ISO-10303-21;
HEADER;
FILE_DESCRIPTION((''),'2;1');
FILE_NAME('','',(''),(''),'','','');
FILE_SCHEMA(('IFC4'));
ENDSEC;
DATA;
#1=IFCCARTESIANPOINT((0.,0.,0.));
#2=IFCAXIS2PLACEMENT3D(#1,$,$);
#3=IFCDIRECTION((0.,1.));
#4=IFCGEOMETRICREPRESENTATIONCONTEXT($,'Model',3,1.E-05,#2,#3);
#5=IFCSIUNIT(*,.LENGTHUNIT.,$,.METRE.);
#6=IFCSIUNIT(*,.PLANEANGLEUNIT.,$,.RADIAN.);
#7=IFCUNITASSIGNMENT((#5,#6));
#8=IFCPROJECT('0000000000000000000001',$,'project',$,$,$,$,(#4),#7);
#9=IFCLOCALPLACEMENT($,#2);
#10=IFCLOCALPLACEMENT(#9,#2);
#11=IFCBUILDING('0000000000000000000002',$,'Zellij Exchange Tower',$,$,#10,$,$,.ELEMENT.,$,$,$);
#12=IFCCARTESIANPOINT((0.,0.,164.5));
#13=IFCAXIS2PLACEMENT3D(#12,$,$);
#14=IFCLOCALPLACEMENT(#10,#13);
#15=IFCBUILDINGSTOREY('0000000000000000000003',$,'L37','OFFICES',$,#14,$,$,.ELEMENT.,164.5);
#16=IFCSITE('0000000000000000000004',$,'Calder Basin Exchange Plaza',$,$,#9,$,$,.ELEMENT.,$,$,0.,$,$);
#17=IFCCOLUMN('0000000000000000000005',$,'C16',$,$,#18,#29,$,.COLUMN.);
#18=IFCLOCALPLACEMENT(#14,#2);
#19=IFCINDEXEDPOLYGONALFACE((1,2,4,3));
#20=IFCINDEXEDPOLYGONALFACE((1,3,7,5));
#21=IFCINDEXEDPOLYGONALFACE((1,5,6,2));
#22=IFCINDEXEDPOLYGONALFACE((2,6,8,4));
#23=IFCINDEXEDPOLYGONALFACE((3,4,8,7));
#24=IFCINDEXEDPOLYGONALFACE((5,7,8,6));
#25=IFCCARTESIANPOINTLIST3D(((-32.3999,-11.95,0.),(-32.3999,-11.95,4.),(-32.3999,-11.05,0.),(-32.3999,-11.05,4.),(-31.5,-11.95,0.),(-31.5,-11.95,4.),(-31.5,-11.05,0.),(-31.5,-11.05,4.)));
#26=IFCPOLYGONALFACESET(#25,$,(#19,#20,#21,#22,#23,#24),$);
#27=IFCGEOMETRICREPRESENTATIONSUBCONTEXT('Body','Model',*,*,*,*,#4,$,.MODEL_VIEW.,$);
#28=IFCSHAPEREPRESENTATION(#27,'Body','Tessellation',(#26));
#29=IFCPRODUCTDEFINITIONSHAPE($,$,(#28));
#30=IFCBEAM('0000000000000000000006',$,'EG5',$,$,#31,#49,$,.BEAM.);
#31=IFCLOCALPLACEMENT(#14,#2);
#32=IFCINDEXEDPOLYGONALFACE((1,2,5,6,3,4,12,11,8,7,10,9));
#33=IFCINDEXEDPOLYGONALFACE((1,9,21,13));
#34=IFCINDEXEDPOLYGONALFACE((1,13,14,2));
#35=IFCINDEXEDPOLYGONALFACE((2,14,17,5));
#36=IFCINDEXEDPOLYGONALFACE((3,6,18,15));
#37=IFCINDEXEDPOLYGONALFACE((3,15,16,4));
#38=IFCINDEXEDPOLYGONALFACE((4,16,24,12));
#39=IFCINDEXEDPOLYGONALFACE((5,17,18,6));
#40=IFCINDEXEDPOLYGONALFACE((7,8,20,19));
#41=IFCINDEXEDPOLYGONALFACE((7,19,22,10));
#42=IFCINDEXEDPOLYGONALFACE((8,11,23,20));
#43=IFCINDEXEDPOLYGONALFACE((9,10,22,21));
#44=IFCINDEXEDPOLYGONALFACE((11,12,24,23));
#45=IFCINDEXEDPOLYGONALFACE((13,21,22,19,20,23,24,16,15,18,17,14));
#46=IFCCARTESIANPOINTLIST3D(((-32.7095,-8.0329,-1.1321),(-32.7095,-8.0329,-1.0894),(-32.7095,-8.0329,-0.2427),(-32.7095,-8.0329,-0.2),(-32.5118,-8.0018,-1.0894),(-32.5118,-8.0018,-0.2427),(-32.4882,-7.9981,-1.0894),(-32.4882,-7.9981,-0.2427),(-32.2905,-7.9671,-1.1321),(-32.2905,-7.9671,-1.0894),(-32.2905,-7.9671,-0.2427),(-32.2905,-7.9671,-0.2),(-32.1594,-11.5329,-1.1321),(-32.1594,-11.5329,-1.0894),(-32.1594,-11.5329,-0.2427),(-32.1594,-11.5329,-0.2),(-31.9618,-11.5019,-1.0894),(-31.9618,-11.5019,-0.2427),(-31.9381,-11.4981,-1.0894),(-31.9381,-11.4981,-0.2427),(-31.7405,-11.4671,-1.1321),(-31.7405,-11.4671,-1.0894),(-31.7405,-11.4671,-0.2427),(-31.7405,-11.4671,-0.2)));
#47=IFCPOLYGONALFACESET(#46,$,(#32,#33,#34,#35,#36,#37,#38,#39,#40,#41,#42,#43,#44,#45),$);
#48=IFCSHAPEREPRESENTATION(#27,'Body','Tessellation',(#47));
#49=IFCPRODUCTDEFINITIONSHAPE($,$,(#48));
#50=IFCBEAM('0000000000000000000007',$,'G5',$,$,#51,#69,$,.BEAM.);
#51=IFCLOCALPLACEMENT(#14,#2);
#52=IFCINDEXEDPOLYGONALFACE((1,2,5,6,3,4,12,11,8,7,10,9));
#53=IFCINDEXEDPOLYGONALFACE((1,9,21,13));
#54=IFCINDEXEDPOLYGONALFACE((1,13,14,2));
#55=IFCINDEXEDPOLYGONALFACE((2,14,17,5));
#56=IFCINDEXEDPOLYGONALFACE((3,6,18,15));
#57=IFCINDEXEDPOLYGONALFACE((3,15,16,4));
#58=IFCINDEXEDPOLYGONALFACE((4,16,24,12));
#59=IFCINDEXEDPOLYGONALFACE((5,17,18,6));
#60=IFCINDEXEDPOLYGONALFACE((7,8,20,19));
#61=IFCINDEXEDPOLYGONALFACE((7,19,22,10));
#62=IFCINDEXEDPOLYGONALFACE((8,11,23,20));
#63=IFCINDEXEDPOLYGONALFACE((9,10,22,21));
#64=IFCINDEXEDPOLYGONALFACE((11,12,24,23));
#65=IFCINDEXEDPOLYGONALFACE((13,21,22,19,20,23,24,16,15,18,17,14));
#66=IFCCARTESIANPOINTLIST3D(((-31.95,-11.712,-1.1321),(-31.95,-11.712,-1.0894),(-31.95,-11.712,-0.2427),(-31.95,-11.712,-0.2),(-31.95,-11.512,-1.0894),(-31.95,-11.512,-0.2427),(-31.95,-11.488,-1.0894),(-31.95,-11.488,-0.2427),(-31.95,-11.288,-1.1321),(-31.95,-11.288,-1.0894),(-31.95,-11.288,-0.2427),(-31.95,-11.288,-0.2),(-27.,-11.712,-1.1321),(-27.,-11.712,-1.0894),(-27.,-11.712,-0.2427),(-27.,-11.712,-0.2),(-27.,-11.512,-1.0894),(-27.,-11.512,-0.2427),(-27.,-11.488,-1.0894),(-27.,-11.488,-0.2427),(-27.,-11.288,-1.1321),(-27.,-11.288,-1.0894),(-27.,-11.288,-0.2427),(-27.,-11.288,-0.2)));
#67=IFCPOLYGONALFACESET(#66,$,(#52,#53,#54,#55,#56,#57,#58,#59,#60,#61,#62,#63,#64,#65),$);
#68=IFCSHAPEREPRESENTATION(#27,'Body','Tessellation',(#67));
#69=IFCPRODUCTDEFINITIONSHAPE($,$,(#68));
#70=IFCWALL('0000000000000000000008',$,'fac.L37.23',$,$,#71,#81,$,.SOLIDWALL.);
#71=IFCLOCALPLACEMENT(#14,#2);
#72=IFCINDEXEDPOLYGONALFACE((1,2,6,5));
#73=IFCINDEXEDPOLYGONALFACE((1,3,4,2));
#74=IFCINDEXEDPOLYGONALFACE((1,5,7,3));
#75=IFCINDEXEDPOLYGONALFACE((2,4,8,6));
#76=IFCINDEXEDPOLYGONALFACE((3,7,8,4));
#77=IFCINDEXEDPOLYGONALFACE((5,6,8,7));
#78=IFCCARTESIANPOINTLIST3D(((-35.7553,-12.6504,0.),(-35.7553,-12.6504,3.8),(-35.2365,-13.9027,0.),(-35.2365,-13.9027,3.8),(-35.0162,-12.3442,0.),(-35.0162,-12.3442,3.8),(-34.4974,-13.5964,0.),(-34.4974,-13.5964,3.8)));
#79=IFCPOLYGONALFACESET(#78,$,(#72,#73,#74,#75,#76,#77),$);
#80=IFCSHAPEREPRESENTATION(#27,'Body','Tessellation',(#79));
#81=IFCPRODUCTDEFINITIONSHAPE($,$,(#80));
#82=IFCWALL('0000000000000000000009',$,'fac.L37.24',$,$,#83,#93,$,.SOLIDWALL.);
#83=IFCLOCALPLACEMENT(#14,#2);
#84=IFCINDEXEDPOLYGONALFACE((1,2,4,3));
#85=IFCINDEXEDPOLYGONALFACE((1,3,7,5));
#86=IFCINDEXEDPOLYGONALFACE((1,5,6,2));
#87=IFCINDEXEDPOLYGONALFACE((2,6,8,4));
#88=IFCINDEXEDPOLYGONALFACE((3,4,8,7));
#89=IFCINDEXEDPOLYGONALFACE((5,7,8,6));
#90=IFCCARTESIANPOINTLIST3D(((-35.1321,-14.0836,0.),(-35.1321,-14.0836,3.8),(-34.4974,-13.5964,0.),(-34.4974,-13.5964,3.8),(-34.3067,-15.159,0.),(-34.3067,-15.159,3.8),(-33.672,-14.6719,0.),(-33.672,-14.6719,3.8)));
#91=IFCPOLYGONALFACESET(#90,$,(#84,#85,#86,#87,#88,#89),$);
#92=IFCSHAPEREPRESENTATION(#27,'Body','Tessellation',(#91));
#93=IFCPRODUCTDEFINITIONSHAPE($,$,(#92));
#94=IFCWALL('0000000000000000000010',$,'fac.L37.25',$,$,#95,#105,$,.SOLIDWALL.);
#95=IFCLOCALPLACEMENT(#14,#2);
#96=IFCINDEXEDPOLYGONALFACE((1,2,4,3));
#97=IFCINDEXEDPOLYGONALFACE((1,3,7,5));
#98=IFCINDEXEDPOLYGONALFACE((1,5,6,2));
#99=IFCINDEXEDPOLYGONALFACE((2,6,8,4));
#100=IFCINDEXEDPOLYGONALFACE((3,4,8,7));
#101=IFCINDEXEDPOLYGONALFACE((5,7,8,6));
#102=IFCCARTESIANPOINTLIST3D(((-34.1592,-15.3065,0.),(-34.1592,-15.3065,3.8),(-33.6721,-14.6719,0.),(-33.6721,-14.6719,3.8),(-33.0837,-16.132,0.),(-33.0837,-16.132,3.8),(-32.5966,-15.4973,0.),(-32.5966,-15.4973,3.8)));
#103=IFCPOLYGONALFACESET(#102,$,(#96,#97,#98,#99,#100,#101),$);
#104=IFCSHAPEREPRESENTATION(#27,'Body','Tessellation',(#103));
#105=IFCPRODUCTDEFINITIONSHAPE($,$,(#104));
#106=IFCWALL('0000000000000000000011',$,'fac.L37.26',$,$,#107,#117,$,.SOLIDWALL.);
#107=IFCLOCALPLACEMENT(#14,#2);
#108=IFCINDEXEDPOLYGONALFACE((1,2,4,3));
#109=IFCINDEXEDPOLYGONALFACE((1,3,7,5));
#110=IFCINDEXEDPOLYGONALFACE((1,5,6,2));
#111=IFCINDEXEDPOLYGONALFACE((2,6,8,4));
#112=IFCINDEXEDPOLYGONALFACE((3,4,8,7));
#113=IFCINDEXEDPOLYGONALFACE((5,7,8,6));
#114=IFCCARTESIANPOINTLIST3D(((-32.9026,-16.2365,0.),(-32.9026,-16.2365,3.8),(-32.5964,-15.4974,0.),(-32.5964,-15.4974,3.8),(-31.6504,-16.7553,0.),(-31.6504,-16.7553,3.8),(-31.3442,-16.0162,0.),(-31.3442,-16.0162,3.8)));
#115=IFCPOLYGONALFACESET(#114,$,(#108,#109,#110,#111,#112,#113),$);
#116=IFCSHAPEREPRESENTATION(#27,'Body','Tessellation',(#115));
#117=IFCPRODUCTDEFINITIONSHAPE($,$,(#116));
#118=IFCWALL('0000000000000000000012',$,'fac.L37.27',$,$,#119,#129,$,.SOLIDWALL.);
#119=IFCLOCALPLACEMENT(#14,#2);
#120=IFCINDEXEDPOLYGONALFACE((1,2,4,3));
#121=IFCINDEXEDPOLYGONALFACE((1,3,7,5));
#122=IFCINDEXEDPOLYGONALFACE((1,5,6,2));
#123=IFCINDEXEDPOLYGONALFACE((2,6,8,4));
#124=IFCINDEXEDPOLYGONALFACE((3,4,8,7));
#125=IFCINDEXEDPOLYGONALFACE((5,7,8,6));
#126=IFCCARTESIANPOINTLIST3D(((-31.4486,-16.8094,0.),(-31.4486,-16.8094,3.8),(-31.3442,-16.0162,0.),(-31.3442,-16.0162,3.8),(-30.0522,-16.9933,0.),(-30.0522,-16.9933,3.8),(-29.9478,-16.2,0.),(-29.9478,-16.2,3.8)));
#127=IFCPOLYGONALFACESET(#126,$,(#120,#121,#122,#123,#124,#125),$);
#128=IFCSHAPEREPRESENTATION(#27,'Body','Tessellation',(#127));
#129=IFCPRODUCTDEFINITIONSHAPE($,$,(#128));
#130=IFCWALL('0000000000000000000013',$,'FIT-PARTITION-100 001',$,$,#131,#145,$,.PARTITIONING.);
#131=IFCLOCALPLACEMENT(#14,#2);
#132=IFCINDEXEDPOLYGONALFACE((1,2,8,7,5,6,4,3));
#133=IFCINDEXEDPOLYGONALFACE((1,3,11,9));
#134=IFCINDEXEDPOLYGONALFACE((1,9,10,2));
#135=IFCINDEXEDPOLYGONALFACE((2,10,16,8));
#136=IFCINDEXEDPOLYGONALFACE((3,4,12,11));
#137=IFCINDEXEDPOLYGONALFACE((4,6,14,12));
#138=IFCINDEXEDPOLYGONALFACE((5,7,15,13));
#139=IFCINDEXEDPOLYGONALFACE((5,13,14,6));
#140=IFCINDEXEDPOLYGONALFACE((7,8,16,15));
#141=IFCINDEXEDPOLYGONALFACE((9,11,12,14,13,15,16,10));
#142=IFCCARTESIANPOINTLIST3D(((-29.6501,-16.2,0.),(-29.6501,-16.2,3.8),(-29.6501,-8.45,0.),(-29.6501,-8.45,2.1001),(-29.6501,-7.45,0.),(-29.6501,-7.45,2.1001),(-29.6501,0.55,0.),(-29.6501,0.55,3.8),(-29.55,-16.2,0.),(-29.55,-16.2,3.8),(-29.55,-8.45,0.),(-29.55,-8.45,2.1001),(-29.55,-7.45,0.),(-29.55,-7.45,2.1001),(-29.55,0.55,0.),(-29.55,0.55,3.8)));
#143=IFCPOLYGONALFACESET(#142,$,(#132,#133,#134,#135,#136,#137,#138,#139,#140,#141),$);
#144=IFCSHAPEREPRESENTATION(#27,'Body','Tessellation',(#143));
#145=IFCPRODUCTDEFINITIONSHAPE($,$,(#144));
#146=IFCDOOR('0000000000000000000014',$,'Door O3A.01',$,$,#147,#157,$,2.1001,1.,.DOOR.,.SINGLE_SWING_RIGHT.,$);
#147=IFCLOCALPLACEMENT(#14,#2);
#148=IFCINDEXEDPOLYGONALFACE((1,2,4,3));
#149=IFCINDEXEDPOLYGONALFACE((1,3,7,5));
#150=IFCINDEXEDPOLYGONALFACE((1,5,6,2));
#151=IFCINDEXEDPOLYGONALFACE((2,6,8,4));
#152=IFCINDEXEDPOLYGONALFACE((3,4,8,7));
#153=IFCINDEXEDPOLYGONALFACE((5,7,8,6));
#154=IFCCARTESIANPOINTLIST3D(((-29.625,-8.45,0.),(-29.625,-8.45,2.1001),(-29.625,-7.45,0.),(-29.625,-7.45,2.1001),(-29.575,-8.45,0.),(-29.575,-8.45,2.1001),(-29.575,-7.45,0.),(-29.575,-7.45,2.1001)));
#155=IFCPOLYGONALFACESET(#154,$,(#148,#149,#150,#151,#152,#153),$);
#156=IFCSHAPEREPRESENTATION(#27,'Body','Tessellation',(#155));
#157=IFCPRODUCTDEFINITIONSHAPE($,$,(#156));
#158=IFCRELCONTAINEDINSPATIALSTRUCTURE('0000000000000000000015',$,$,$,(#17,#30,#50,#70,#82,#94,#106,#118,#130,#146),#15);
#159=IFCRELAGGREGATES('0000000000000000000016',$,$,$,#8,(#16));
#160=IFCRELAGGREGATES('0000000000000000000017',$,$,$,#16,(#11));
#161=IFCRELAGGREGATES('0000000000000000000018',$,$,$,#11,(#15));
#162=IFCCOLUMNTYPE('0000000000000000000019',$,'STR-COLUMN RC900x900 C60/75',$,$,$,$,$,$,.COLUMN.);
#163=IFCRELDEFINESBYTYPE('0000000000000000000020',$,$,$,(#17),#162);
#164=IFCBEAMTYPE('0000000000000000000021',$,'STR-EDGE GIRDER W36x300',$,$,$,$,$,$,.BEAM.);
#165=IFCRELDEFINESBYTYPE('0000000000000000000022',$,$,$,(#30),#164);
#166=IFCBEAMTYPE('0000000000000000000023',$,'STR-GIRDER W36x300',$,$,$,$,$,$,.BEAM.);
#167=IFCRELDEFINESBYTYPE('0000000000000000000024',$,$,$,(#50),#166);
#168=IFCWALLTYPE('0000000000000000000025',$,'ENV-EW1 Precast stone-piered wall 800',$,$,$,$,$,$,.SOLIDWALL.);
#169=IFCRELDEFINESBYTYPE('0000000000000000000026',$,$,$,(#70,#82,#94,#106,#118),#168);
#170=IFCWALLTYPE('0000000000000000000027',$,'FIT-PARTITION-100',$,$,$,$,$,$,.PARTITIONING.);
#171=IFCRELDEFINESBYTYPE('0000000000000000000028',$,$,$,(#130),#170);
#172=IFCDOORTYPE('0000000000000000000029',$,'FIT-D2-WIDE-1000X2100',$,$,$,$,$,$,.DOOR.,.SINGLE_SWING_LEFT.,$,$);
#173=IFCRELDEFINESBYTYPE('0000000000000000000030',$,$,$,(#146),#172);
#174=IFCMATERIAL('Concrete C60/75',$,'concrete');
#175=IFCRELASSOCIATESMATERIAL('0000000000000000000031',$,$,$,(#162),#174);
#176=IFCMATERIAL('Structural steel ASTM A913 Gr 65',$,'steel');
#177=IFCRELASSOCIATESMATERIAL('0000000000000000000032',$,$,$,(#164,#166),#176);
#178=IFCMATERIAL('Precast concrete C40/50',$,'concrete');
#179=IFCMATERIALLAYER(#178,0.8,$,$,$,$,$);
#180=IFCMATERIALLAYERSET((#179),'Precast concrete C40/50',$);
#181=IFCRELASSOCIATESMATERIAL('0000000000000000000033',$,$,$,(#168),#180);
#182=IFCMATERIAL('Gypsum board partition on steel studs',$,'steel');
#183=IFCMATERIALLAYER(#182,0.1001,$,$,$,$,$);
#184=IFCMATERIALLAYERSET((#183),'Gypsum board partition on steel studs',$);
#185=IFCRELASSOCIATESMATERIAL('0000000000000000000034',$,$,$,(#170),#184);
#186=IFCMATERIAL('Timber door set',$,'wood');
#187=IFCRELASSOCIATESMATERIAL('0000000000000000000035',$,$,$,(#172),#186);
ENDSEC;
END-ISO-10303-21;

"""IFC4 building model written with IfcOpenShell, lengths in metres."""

from ifc_helpers import new_model, si_unit, direction, frame, frame_2d, origin, origin_2d, place, context, subcontext, project, spatial, rectangle, i_section, extrude, material, layer, layer_set, material_profile, profile_set, type_object, element, fill, save


model = new_model("IFC4")

# Units and contexts
model_context = context("Model", 3, precision=1e-05, world=origin(), true_north=direction((0.0, 1.0)))
body_context = subcontext(model_context, "Body", "Model", "MODEL_VIEW")
ifc_project = project(units=[si_unit("LENGTHUNIT", "METRE"), si_unit("PLANEANGLEUNIT", "RADIAN")], contexts=[model_context])

# Site, building, storey
site_placement = place(None, origin())
site = spatial("IfcSite", under=ifc_project, at=site_placement, Name="Calder Basin Exchange Plaza", CompositionType="ELEMENT", RefElevation=0.0)
building_placement = place(site_placement, origin())
building = spatial("IfcBuilding", under=site, at=building_placement, Name="Zellij Exchange Tower", CompositionType="ELEMENT")
storey_placement = place(building_placement, frame((0.0, 0.0, 164.5)))
storey = spatial("IfcBuildingStorey", under=building, at=storey_placement, Name="L37", Description="OFFICES", CompositionType="ELEMENT", Elevation=164.5)

# Column
ifc_material_1 = material(Name="Concrete C60/75", Category="concrete")
ifc_material_profile_1 = material_profile(ifc_material_1, rectangle(XDim=0.8999, YDim=0.8999, at=origin_2d()), Name="STR-COLUMN RC900x900 C60/75")
ifc_profile_set_1 = profile_set([ifc_material_profile_1], Name="Concrete C60/75")
column_type = type_object("IfcColumnType", Name="STR-COLUMN RC900x900 C60/75", PredefinedType="COLUMN", material=ifc_profile_set_1)
column_placement = place(storey_placement, frame((-31.95, -11.5, 0.0), z_axis=(0.0, 0.0, 1.0), x_axis=(1.0, 0.0, 0.0)))
element("IfcColumn", 1, at=column_placement, inside=storey, type_object=column_type, Name="C16", PredefinedType="COLUMN", context=body_context, shape_type="SweptSolid", body=[
    extrude(rectangle(XDim=0.8999, YDim=0.8999, at=origin_2d()), origin(), (0.0, 0.0, 1.0), 4.0),
])

# Beams
ifc_material_2 = material(Name="Structural steel ASTM A913 Gr 65", Category="steel")
ifc_material_profile_2 = material_profile(ifc_material_2, i_section(OverallWidth=0.4241, OverallDepth=0.9321, WebThickness=0.0239, FlangeThickness=0.0427, at=origin_2d()), Name="W36x300")
ifc_profile_set_2 = profile_set([ifc_material_profile_2], Name="Structural steel ASTM A913 Gr 65")
beam_type_1 = type_object("IfcBeamType", Name="STR-EDGE GIRDER W36x300", PredefinedType="BEAM", material=ifc_profile_set_2)
beam_1_placement = place(storey_placement, frame((-31.95, -11.5, -0.666), z_axis=(-0.155251, 0.987875, 0.0), x_axis=(-0.987875, -0.155251, 0.0)))
element("IfcBeam", 2, at=beam_1_placement, inside=storey, type_object=beam_type_1, Name="EG5", PredefinedType="BEAM", context=body_context, shape_type="SweptSolid", body=[
    extrude(i_section(OverallWidth=0.4241, OverallDepth=0.9321, WebThickness=0.0239, FlangeThickness=0.0427, at=origin_2d()), origin(), (0.0, 0.0, 1.0), 3.543),
])
ifc_material_profile_3 = material_profile(ifc_material_2, i_section(OverallWidth=0.4241, OverallDepth=0.9321, WebThickness=0.0239, FlangeThickness=0.0427, at=origin_2d()), Name="W36x300")
ifc_profile_set_3 = profile_set([ifc_material_profile_3], Name="Structural steel ASTM A913 Gr 65")
beam_type_2 = type_object("IfcBeamType", Name="STR-GIRDER W36x300", PredefinedType="BEAM", material=ifc_profile_set_3)
beam_2_placement = place(storey_placement, frame((-31.95, -11.5, -0.666), z_axis=(1.0, 0.0, 0.0), x_axis=(0.0, 1.0, 0.0)))
element("IfcBeam", 3, at=beam_2_placement, inside=storey, type_object=beam_type_2, Name="G5", PredefinedType="BEAM", context=body_context, shape_type="SweptSolid", body=[
    extrude(i_section(OverallWidth=0.4241, OverallDepth=0.9321, WebThickness=0.0239, FlangeThickness=0.0427, at=origin_2d()), origin(), (0.0, 0.0, 1.0), 4.95),
])

# Shared definitions
ifc_material_3 = material(Name="Precast concrete C40/50", Category="concrete")
ifc_layer_1 = layer(ifc_material_3, 0.8)
ifc_layer_set_1 = layer_set([ifc_layer_1], Name="Precast concrete C40/50")
wall_type_1 = type_object("IfcWallType", Name="ENV-EW1 Precast stone-piered wall 800", PredefinedType="SOLIDWALL", material=ifc_layer_set_1)

# Walls
wall_1_placement = place(storey_placement, frame((-35.3857, -12.4973, 0.0), z_axis=(0.0, 0.0, 1.0), x_axis=(0.38276, -0.923848, 0.0)))
element("IfcWall", 4, at=wall_1_placement, inside=storey, type_object=wall_type_1, Name="fac.L37.23", PredefinedType="SOLIDWALL", context=body_context, shape_type="SweptSolid", body=[
    extrude(rectangle(XDim=1.3555, YDim=0.8, at=frame_2d((0.6777, 0.0))), origin(), (0.0, 0.0, 1.0), 3.8),
])
for number, where, z_axis, x_axis, name in (
    (5, (-34.8147, -13.8401, 0.0), (0.0, 0.0, 1.0), (0.608866, -0.793273, 0.0), "fac.L37.24"),
    (6, (-33.9155, -14.9893, 0.0), (0.0, 0.0, 1.0), (0.793273, -0.608866, 0.0), "fac.L37.25"),
):
    element("IfcWall", number, at=place(storey_placement, frame(where, z_axis=z_axis, x_axis=x_axis)), inside=storey, type_object=wall_type_1, Name=name, PredefinedType="SOLIDWALL", context=body_context, shape_type="SweptSolid", body=[
        extrude(rectangle(XDim=1.3557, YDim=0.8, at=frame_2d((0.6777, 0.0))), origin(), (0.0, 0.0, 1.0), 3.8),
    ])
wall_2_placement = place(storey_placement, frame((-32.7495, -15.8669, 0.0), z_axis=(0.0, 0.0, 1.0), x_axis=(0.923848, -0.38276, 0.0)))
element("IfcWall", 7, at=wall_2_placement, inside=storey, type_object=wall_type_1, Name="fac.L37.26", PredefinedType="SOLIDWALL", context=body_context, shape_type="SweptSolid", body=[
    extrude(rectangle(XDim=1.3555, YDim=0.8, at=frame_2d((0.6777, 0.0))), origin(), (0.0, 0.0, 1.0), 3.8),
])
wall_3_placement = place(storey_placement, frame((-31.3962, -16.4128, 0.0), z_axis=(0.0, 0.0, 1.0), x_axis=(0.991446, -0.130517, 0.0)))
element("IfcWall", 8, at=wall_3_placement, inside=storey, type_object=wall_type_1, Name="fac.L37.27", PredefinedType="SOLIDWALL", context=body_context, shape_type="SweptSolid", body=[
    extrude(rectangle(XDim=1.4084, YDim=0.8, at=frame_2d((0.7041, 0.0))), origin(), (0.0, 0.0, 1.0), 3.8),
])

# Wall, opening, door
ifc_material_4 = material(Name="Gypsum board partition on steel studs", Category="steel")
ifc_layer_2 = layer(ifc_material_4, 0.1001)
ifc_layer_set_2 = layer_set([ifc_layer_2], Name="Gypsum board partition on steel studs")
wall_type_2 = type_object("IfcWallType", Name="FIT-PARTITION-100", PredefinedType="PARTITIONING", material=ifc_layer_set_2)
wall_4_placement = place(storey_placement, frame((-29.6001, -16.2, 0.0), z_axis=(0.0, 0.0, 1.0), x_axis=(0.0, 1.0, 0.0)))
wall_4 = element("IfcWall", 9, at=wall_4_placement, inside=storey, type_object=wall_type_2, Name="FIT-PARTITION-100 001", PredefinedType="PARTITIONING", context=body_context, shape_type="SweptSolid", body=[
    extrude(rectangle(XDim=16.75, YDim=0.1001, at=frame_2d((8.375, 0.0))), origin(), (0.0, 0.0, 1.0), 3.8),
])
opening_1_placement = place(wall_4_placement, frame((7.75, 0.0, 0.0)))
opening_1 = element("IfcOpeningElement", 10, at=opening_1_placement, cuts=wall_4, PredefinedType="OPENING", context=body_context, shape_type="SweptSolid", body=[
    extrude(rectangle(XDim=1.0, YDim=2.1001, at=frame_2d((0.5, 1.05))), frame((0.0, 0.062, 0.0), z_axis=(0.0, -1.0, 0.0), x_axis=(1.0, 0.0, 0.0)), (0.0, 0.0, 1.0), 0.124),
])
ifc_material_5 = material(Name="Timber door set", Category="wood")
door_type = type_object("IfcDoorType", Name="FIT-D2-WIDE-1000X2100", OperationType="SINGLE_SWING_LEFT", PredefinedType="DOOR", material=ifc_material_5)
door_placement = place(opening_1_placement, origin())
door = element("IfcDoor", 11, at=door_placement, inside=storey, type_object=door_type, Name="Door O3A.01", OperationType="SINGLE_SWING_RIGHT", OverallHeight=2.1001, OverallWidth=1.0, PredefinedType="DOOR", context=body_context, shape_type="SweptSolid", body=[
    extrude(rectangle(XDim=1.0, YDim=2.1001, at=frame_2d((0.5, 1.05))), frame((0.0, 0.0249, 0.0), z_axis=(0.0, -1.0, 0.0), x_axis=(1.0, 0.0, 0.0)), (0.0, 0.0, 1.0), 0.05),
])
fill(opening_1, door)

save(model, "model.ifc")
